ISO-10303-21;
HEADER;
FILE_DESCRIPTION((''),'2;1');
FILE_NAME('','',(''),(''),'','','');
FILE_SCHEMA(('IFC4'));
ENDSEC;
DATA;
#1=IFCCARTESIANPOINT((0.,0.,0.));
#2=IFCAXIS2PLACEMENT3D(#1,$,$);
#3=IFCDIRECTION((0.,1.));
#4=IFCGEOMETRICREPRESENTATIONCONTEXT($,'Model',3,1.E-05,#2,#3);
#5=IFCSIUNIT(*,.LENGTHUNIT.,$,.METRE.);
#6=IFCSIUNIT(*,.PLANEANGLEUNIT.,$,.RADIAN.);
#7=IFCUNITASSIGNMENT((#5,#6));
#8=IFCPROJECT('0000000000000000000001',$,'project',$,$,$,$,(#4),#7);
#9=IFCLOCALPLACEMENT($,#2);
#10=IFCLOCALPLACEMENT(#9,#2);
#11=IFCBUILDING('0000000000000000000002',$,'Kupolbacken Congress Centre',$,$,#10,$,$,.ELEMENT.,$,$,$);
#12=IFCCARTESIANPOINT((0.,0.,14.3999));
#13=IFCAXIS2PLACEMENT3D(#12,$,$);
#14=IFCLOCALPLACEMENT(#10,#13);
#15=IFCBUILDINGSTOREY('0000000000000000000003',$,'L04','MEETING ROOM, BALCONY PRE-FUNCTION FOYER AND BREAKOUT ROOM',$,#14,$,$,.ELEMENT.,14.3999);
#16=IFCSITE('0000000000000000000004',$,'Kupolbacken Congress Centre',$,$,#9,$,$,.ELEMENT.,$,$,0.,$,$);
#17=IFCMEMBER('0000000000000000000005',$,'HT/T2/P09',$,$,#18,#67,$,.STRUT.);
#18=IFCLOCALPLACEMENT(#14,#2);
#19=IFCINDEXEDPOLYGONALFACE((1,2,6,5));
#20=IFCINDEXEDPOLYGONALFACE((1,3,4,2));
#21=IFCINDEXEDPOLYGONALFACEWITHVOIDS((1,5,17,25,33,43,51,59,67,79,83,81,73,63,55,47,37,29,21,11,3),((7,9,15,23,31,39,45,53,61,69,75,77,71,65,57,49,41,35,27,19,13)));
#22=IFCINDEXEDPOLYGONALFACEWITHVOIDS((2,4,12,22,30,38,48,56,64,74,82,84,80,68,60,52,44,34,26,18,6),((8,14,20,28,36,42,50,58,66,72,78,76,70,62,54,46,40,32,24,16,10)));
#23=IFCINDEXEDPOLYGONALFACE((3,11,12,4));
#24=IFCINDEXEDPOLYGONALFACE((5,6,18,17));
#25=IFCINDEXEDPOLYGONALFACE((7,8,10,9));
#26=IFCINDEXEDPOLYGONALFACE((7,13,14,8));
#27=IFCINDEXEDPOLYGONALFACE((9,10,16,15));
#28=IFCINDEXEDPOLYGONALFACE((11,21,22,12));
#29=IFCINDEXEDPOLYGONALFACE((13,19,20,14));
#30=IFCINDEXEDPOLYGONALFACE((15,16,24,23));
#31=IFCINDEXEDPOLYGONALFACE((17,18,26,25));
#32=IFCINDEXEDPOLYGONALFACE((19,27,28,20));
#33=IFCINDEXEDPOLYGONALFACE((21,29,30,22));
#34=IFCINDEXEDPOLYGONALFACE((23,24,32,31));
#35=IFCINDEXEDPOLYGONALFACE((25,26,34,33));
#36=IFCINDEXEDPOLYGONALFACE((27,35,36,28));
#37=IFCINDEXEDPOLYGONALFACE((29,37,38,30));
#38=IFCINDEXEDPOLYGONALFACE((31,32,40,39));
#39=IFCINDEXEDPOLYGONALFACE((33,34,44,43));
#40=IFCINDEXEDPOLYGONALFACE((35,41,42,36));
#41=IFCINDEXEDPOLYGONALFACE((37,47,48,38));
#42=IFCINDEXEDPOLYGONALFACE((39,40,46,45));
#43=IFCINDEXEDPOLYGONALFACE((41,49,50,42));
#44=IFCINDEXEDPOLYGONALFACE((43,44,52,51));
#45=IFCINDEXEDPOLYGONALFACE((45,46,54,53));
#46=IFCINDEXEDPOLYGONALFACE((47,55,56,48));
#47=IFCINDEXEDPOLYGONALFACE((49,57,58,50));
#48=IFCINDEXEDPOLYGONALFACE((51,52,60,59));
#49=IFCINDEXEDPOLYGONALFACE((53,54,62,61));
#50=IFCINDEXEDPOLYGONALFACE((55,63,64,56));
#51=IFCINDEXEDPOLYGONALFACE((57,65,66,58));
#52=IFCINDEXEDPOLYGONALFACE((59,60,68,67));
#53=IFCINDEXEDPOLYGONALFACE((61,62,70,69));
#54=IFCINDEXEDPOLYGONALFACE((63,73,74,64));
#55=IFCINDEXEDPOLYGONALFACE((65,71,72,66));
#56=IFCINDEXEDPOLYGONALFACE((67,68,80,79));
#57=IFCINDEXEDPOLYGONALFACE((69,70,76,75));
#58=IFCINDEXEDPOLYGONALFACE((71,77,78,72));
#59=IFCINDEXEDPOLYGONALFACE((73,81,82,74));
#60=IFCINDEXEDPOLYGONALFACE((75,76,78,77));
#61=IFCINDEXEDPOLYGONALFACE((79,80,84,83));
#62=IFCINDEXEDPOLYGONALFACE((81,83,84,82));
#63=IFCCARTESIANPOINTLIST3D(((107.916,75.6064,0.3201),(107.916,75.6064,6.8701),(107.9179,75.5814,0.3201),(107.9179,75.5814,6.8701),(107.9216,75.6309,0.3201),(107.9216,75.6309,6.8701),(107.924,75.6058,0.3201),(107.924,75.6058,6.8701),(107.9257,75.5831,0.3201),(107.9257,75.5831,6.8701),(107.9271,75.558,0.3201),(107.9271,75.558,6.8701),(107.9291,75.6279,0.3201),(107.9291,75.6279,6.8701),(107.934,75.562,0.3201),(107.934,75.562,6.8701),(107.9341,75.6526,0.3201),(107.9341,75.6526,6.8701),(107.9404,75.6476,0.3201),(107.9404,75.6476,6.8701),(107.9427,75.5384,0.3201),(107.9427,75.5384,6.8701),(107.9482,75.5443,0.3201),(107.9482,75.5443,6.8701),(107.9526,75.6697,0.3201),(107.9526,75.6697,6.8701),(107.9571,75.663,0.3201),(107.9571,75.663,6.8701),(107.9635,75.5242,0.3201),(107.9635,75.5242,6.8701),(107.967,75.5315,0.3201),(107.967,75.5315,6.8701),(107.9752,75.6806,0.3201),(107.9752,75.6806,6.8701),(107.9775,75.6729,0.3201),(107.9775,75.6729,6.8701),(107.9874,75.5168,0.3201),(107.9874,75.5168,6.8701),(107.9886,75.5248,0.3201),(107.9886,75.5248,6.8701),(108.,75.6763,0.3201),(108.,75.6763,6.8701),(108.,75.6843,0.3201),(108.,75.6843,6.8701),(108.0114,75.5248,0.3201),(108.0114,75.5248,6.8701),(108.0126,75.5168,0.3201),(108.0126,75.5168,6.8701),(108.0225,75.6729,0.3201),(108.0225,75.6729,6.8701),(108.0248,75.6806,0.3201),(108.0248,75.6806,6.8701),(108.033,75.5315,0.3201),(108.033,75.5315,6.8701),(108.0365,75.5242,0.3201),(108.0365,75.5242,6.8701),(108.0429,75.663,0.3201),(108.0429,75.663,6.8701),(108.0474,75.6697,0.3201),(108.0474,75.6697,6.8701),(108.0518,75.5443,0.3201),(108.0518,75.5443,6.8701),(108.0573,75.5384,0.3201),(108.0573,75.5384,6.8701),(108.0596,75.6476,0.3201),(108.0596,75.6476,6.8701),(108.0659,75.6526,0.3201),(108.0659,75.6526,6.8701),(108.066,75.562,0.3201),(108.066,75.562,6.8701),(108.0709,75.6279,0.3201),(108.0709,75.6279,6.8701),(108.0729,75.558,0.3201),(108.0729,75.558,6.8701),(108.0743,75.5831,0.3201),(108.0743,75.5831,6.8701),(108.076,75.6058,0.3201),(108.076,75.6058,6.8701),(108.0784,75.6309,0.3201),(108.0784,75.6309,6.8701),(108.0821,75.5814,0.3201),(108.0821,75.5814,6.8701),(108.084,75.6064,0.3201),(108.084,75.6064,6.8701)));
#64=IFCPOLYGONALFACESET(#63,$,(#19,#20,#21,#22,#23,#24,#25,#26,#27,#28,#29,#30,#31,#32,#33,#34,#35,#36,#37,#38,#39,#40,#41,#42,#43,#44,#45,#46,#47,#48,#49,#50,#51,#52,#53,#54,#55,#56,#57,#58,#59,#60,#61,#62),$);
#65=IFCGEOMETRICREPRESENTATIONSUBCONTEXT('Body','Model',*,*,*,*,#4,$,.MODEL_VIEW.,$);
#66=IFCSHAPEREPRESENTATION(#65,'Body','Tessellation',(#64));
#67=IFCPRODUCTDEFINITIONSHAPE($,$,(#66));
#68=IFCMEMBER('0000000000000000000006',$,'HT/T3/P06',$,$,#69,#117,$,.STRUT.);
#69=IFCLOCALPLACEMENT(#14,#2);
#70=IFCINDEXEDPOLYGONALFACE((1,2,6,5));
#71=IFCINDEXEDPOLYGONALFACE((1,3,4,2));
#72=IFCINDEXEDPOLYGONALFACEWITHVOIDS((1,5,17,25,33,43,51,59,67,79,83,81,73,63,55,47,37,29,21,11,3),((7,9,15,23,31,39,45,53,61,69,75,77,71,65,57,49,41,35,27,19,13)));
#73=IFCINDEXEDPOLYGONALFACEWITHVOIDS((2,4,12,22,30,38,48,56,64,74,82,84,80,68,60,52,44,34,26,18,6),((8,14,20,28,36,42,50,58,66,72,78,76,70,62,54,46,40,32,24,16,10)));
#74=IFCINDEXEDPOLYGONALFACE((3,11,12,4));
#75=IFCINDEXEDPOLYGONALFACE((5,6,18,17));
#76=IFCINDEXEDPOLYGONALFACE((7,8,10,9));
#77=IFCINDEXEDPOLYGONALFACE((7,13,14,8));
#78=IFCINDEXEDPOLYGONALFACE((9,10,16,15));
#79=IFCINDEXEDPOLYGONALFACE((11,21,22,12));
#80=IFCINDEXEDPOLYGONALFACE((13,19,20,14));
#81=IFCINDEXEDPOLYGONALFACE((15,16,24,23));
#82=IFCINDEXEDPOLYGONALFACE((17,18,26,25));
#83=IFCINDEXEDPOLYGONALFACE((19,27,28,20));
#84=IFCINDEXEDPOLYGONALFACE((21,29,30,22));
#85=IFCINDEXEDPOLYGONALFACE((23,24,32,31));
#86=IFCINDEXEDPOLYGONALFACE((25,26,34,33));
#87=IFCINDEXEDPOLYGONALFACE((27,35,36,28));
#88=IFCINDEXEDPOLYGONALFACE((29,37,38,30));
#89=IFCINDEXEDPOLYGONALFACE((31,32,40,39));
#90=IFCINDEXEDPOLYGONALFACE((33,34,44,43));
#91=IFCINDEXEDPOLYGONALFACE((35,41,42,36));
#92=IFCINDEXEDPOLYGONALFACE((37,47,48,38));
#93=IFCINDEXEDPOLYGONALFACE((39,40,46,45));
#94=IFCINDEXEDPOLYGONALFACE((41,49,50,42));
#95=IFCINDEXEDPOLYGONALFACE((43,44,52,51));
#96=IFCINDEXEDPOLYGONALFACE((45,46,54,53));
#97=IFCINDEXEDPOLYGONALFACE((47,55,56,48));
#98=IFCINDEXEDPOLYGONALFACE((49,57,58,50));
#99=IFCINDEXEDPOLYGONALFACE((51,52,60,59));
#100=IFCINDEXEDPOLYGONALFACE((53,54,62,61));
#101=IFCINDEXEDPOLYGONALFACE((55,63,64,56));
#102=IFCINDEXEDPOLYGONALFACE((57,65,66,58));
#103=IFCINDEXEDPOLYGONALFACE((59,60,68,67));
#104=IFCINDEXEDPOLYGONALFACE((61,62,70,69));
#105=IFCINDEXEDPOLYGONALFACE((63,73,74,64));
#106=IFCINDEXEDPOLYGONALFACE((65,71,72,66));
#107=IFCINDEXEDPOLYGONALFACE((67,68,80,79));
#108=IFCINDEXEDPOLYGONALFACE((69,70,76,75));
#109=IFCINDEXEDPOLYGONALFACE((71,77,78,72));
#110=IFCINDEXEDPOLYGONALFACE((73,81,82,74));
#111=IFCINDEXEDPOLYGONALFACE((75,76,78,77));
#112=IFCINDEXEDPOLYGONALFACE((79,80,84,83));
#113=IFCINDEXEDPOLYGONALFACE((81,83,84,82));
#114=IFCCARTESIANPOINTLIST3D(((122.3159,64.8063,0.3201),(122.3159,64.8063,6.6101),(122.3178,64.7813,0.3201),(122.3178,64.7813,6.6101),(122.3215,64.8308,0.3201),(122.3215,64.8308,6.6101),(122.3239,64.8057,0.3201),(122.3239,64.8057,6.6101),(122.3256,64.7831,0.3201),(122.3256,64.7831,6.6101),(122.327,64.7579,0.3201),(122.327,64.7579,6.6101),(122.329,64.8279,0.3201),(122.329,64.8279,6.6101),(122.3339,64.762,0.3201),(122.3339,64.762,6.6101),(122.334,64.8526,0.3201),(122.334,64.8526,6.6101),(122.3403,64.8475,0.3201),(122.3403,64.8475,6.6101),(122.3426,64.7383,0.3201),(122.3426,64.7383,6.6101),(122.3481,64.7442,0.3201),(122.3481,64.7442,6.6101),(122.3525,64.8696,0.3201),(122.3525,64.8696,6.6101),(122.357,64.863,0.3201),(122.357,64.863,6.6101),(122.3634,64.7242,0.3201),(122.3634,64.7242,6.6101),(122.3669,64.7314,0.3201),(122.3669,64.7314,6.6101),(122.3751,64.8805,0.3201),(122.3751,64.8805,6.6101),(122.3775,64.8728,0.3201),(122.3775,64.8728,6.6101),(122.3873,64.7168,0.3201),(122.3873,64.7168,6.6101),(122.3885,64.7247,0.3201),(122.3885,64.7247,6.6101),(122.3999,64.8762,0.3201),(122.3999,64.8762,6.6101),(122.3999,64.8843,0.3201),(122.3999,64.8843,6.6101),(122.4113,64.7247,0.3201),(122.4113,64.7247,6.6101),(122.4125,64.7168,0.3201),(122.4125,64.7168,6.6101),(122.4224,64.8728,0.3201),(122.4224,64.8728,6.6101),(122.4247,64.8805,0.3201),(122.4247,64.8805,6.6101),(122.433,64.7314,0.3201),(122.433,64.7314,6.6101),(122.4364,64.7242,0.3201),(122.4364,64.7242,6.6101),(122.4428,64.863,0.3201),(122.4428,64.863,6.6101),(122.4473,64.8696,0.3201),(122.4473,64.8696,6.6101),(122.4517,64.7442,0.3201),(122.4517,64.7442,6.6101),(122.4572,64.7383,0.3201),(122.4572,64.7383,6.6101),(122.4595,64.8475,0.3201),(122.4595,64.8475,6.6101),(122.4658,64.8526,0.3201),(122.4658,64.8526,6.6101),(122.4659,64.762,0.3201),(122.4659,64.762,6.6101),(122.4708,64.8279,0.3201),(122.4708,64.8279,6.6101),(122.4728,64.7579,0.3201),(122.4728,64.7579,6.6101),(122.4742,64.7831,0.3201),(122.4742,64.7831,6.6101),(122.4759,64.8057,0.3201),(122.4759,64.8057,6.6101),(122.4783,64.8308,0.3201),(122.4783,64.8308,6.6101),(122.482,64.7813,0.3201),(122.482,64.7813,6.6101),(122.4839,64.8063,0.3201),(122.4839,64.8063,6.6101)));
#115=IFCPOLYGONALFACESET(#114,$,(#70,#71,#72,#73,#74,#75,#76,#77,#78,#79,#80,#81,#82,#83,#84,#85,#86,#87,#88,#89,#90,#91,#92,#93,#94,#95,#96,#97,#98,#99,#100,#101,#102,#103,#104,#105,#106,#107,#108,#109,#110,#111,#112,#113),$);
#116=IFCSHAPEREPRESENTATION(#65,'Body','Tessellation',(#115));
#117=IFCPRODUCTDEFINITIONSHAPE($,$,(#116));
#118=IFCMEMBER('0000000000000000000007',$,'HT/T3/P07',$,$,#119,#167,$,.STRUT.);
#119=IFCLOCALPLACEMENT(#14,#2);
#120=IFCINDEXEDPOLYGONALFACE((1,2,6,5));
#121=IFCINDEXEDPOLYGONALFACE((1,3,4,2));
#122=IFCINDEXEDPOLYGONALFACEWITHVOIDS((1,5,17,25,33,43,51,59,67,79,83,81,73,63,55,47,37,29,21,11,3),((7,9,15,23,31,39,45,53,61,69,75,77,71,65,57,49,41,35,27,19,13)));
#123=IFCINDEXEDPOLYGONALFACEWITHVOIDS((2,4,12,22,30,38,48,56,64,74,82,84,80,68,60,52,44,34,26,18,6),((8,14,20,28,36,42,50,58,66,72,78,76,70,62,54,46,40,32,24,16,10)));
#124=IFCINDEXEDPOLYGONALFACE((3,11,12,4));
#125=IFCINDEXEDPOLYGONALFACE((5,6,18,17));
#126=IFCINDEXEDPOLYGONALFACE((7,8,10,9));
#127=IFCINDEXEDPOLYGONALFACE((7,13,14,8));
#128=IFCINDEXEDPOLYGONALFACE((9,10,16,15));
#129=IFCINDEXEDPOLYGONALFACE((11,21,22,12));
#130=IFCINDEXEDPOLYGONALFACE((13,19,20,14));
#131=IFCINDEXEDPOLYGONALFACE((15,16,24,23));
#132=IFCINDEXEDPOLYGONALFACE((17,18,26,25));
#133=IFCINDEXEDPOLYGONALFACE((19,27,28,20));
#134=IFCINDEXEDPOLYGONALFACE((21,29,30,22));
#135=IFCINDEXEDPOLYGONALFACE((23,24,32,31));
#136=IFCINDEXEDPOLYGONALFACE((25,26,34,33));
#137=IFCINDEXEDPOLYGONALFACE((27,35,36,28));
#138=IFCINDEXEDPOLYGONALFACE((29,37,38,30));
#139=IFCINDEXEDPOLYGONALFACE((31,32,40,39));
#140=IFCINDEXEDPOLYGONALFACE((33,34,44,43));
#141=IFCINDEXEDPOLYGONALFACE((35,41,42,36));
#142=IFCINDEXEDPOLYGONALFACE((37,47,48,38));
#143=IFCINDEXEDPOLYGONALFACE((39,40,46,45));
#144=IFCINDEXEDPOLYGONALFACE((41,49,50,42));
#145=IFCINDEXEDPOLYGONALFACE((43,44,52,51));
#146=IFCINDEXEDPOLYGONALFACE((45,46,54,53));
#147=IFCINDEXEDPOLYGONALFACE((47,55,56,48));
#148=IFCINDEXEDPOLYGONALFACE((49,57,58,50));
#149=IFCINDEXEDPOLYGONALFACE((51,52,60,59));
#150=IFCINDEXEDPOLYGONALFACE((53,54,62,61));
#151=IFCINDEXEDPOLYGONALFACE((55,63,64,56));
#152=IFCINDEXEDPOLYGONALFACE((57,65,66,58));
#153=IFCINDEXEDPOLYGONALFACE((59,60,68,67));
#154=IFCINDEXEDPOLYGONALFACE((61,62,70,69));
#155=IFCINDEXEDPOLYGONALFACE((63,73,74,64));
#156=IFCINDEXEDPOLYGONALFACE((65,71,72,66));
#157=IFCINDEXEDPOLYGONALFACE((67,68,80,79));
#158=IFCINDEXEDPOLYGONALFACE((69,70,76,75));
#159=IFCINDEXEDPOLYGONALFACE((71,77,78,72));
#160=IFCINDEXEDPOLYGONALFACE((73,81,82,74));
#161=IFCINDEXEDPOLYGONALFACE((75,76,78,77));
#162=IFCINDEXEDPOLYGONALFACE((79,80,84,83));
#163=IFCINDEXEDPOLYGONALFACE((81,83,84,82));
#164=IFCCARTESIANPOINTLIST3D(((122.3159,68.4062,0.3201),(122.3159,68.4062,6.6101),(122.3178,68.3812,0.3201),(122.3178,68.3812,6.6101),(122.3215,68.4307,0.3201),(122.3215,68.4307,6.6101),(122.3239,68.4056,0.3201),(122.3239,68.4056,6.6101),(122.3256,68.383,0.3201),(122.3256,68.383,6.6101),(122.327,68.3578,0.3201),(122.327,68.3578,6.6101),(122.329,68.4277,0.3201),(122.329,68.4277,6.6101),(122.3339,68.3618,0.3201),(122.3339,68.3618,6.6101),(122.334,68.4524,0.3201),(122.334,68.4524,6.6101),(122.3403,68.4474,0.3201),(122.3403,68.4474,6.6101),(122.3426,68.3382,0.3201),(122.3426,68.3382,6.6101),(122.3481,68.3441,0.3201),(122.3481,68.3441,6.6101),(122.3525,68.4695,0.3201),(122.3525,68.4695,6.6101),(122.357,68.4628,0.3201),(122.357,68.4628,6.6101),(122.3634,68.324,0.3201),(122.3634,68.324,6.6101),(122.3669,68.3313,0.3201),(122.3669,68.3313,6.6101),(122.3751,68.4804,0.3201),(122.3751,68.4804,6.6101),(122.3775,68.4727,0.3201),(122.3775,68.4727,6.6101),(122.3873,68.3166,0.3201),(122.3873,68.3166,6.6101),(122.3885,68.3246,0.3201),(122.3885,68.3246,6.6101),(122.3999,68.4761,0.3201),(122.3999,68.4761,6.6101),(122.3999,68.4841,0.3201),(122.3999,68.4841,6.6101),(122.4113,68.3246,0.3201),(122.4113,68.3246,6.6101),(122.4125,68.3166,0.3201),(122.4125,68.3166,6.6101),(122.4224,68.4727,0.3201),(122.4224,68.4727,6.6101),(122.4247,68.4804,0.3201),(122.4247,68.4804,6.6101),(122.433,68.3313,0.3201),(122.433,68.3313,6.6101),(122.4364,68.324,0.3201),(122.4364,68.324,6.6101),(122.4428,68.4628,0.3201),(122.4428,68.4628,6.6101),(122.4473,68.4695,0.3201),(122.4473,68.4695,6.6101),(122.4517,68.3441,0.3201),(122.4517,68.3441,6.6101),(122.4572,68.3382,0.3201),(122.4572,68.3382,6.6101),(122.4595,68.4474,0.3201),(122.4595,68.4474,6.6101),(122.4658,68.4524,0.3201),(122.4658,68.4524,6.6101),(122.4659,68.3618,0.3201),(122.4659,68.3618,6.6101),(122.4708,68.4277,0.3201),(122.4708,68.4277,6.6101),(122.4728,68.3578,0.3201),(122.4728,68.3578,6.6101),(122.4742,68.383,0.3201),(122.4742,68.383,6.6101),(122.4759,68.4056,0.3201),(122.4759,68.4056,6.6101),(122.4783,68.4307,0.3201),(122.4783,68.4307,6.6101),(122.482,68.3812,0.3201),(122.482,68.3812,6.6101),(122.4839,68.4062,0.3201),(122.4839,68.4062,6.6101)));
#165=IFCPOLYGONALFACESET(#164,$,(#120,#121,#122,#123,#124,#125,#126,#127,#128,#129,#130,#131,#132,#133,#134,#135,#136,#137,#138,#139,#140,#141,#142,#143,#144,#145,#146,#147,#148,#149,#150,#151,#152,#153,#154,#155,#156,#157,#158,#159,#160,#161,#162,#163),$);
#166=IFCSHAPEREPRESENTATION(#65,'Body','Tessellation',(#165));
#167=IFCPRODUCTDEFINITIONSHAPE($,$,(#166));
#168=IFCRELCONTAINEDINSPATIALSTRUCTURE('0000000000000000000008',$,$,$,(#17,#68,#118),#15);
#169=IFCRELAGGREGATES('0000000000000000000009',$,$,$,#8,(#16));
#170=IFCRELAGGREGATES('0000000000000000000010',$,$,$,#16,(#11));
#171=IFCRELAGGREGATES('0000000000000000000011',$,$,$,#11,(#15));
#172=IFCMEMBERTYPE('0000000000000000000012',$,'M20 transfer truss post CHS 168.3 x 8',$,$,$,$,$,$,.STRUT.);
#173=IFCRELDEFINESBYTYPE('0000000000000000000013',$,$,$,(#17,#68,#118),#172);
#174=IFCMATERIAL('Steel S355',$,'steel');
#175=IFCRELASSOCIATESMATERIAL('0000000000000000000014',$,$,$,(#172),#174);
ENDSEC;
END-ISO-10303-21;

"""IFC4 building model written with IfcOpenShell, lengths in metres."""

from ifc_helpers import new_model, si_unit, direction, frame, origin, origin_2d, place, context, subcontext, project, spatial, hollow_circle, extrude, material, material_profile, profile_set, type_object, element, save


model = new_model("IFC4")

# Units and contexts
model_context = context("Model", 3, precision=1e-05, world=origin(), true_north=direction((0.0, 1.0)))
body_context = subcontext(model_context, "Body", "Model", "MODEL_VIEW")
ifc_project = project(units=[si_unit("LENGTHUNIT", "METRE"), si_unit("PLANEANGLEUNIT", "RADIAN")], contexts=[model_context])

# Site, building, storey
site_placement = place(None, origin())
site = spatial("IfcSite", under=ifc_project, at=site_placement, Name="Kupolbacken Congress Centre", CompositionType="ELEMENT", RefElevation=0.0)
building_placement = place(site_placement, origin())
building = spatial("IfcBuilding", under=site, at=building_placement, Name="Kupolbacken Congress Centre", CompositionType="ELEMENT")
storey_placement = place(building_placement, frame((0.0, 0.0, 14.3999)))
storey = spatial("IfcBuildingStorey", under=building, at=storey_placement, Name="L04", Description="MEETING ROOM, BALCONY PRE-FUNCTION FOYER AND BREAKOUT ROOM", CompositionType="ELEMENT", Elevation=14.3999)

# Members
ifc_material_1 = material(Name="Steel S355", Category="steel")
ifc_material_profile_1 = material_profile(ifc_material_1, hollow_circle(Radius=0.0842, WallThickness=0.0081, at=origin_2d()), Name="CHS 168.3 x 8")
ifc_profile_set_1 = profile_set([ifc_material_profile_1], Name="Steel S355")
member_type_1 = type_object("IfcMemberType", Name="M20 transfer truss post CHS 168.3 x 8", PredefinedType="STRUT", material=ifc_profile_set_1)
member_1_placement = place(storey_placement, frame((108.0, 75.6001, 0.3201), z_axis=(0.0, 0.0, 1.0), x_axis=(0.0, 1.0, 0.0)))
element("IfcMember", 1, at=member_1_placement, inside=storey, type_object=member_type_1, Name="HT/T2/P09", PredefinedType="STRUT", context=body_context, shape_type="SweptSolid", body=[
    extrude(hollow_circle(Radius=0.0842, WallThickness=0.0081, at=origin_2d()), origin(), (0.0, 0.0, 1.0), 6.55),
])
for number, where, z_axis, x_axis, name in (
    (2, (122.3999, 64.8, 0.3201), (0.0, 0.0, 1.0), (0.0, 1.0, 0.0), "HT/T3/P06"),
    (3, (122.3999, 68.3999, 0.3201), (0.0, 0.0, 1.0), (0.0, 1.0, 0.0), "HT/T3/P07"),
):
    element("IfcMember", number, at=place(storey_placement, frame(where, z_axis=z_axis, x_axis=x_axis)), inside=storey, type_object=member_type_1, Name=name, PredefinedType="STRUT", context=body_context, shape_type="SweptSolid", body=[
        extrude(hollow_circle(Radius=0.0842, WallThickness=0.0081, at=origin_2d()), origin(), (0.0, 0.0, 1.0), 6.29),
    ])

save(model, "model.ifc")
